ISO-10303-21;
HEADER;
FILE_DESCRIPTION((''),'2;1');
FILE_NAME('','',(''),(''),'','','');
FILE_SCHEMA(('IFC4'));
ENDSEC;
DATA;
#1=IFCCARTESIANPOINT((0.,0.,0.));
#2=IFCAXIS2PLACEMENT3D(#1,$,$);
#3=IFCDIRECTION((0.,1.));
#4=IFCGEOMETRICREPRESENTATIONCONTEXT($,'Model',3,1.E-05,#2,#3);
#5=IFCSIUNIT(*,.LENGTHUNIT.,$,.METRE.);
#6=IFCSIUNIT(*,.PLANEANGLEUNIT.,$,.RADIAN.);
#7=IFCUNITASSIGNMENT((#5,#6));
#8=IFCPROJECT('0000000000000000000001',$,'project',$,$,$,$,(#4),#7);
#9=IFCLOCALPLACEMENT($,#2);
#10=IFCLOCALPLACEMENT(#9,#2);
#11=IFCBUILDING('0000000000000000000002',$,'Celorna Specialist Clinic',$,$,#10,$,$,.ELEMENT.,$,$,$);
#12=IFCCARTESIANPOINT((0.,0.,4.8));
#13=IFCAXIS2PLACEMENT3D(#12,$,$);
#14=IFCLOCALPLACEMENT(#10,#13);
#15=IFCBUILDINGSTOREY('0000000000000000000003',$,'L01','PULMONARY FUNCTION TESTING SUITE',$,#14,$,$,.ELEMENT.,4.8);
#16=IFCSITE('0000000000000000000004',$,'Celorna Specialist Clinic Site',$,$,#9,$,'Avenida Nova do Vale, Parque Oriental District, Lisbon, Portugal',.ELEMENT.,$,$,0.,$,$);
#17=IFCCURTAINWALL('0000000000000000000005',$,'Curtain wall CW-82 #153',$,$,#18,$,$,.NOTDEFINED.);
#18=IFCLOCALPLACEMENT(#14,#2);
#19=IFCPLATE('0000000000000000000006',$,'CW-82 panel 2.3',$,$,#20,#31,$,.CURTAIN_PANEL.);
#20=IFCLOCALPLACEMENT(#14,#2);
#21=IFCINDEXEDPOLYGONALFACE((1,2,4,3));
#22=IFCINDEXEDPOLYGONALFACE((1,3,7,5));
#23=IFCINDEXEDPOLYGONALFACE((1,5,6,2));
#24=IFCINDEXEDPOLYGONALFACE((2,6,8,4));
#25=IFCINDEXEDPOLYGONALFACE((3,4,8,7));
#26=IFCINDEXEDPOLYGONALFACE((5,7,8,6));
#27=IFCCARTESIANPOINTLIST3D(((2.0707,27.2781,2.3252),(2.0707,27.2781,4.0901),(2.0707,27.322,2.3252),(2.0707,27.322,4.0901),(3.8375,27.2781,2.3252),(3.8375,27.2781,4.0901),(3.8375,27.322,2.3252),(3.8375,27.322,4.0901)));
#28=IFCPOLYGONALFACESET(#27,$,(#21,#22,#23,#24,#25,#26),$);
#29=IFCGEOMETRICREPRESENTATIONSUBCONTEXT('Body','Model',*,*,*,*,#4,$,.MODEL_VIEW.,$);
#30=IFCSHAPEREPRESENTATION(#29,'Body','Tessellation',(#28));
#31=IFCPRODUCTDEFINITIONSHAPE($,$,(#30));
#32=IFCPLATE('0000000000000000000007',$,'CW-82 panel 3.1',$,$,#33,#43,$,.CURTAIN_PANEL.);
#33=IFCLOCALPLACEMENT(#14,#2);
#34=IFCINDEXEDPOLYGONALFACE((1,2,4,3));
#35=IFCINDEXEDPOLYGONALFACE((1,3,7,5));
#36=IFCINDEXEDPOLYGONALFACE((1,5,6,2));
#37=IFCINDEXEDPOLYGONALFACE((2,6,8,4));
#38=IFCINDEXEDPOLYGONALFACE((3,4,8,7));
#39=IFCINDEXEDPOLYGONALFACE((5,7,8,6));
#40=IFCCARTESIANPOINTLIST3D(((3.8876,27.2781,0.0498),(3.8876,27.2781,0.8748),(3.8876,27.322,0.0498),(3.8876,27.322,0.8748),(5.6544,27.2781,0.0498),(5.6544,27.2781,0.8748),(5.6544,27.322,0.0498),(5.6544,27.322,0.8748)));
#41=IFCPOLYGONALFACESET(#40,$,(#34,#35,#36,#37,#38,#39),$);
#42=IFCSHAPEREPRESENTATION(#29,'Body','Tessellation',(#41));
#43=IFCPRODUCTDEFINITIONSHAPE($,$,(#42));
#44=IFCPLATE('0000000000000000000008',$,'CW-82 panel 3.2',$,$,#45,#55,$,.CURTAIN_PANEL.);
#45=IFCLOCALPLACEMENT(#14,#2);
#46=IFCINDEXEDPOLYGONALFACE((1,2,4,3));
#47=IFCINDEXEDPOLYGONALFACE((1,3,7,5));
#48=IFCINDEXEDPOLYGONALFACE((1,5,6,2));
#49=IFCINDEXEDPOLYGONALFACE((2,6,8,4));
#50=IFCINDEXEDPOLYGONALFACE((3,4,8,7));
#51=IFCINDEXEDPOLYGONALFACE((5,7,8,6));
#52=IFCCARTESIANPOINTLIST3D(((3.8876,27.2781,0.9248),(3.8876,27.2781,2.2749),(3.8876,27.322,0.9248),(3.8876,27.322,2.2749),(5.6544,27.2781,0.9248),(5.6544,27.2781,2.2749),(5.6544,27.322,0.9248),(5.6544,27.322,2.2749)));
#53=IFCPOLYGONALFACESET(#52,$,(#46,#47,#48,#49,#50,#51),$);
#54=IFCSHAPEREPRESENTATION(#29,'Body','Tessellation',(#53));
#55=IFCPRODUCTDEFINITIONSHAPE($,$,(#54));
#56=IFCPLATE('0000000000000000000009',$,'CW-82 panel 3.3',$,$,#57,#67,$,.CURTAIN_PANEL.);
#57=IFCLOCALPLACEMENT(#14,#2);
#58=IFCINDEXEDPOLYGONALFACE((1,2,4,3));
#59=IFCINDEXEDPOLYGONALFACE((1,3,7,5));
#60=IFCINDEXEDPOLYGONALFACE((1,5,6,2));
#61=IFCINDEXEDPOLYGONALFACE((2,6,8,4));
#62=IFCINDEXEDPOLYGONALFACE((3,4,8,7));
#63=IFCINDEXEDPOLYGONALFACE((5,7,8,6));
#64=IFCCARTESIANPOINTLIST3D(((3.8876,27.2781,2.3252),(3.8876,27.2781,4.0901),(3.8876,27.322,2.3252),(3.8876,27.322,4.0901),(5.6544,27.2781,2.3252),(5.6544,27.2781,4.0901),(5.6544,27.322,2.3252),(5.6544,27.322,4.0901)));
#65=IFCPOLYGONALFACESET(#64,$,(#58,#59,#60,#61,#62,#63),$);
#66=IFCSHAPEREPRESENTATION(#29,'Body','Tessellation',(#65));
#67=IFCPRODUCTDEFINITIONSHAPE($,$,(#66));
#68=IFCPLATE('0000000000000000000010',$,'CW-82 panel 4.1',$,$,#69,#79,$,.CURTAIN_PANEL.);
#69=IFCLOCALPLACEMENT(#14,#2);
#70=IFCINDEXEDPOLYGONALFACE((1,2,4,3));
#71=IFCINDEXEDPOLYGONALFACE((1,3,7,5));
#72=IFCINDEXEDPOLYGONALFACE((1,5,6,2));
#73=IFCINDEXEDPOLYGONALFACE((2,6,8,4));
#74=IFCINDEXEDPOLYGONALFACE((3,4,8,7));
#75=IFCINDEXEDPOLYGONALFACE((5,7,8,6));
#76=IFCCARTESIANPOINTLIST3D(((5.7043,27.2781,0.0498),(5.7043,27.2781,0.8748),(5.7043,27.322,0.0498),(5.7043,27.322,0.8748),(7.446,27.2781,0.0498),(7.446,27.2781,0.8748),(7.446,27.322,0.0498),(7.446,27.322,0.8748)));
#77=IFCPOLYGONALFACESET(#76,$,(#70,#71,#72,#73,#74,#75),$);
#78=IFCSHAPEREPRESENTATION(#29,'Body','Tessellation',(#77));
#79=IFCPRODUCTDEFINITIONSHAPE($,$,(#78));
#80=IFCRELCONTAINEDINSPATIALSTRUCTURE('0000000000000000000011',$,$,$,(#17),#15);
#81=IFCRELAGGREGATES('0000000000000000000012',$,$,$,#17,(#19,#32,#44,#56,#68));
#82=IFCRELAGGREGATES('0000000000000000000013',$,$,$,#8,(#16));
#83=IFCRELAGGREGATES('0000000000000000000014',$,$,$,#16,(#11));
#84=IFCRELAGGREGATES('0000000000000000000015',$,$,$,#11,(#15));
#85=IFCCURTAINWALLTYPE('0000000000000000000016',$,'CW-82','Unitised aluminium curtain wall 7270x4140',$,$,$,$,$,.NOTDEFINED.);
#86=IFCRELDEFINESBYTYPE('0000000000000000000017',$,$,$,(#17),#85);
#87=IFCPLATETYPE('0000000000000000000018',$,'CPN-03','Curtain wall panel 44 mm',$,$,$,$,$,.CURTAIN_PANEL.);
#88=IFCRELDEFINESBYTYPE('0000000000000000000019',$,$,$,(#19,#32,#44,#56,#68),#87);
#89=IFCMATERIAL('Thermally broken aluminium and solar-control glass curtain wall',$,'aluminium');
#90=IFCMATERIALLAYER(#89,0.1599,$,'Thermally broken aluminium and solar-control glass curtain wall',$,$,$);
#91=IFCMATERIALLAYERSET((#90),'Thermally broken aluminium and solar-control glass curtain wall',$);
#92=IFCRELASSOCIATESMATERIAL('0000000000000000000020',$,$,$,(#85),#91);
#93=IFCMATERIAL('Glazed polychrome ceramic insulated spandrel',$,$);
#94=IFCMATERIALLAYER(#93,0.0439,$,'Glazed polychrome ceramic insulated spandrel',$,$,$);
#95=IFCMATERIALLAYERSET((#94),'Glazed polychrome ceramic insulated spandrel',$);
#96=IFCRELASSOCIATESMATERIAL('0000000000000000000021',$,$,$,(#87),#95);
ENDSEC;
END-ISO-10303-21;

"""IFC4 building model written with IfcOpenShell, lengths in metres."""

from ifc_helpers import new_model, si_unit, direction, frame, origin, origin_2d, place, context, subcontext, project, spatial, rectangle, extrude, material, layer, layer_set, type_object, element, aggregate, save


model = new_model("IFC4")

# Units and contexts
model_context = context("Model", 3, precision=1e-05, world=origin(), true_north=direction((0.0, 1.0)))
body_context = subcontext(model_context, "Body", "Model", "MODEL_VIEW")
ifc_project = project(units=[si_unit("LENGTHUNIT", "METRE"), si_unit("PLANEANGLEUNIT", "RADIAN")], contexts=[model_context])

# Site, building, storey
site_placement = place(None, origin())
site = spatial("IfcSite", under=ifc_project, at=site_placement, Name="Celorna Specialist Clinic Site", LongName="Avenida Nova do Vale, Parque Oriental District, Lisbon, Portugal", CompositionType="ELEMENT", RefElevation=0.0)
building_placement = place(site_placement, origin())
building = spatial("IfcBuilding", under=site, at=building_placement, Name="Celorna Specialist Clinic", CompositionType="ELEMENT")
storey_placement = place(building_placement, frame((0.0, 0.0, 4.8)))
storey = spatial("IfcBuildingStorey", under=building, at=storey_placement, Name="L01", Description="PULMONARY FUNCTION TESTING SUITE", CompositionType="ELEMENT", Elevation=4.8)

# Curtain wall, plates
ifc_material_1 = material(Name="Thermally broken aluminium and solar-control glass curtain wall", Category="aluminium")
ifc_layer_1 = layer(ifc_material_1, 0.1599, Name="Thermally broken aluminium and solar-control glass curtain wall")
ifc_layer_set_1 = layer_set([ifc_layer_1], Name="Thermally broken aluminium and solar-control glass curtain wall")
curtain_wall_type = type_object("IfcCurtainWallType", Name="CW-82", Description="Unitised aluminium curtain wall 7270x4140", PredefinedType="NOTDEFINED", material=ifc_layer_set_1)
curtain_wall_placement = place(storey_placement, origin())
curtain_wall = element("IfcCurtainWall", 1, at=curtain_wall_placement, inside=storey, type_object=curtain_wall_type, Name="Curtain wall CW-82 #153", PredefinedType="NOTDEFINED")
ifc_material_2 = material(Name="Glazed polychrome ceramic insulated spandrel")
ifc_layer_2 = layer(ifc_material_2, 0.0439, Name="Glazed polychrome ceramic insulated spandrel")
ifc_layer_set_2 = layer_set([ifc_layer_2], Name="Glazed polychrome ceramic insulated spandrel")
plate_type = type_object("IfcPlateType", Name="CPN-03", Description="Curtain wall panel 44 mm", PredefinedType="CURTAIN_PANEL", material=ifc_layer_set_2)
plate_1_placement = place(storey_placement, frame((2.9541, 27.3, 2.3252), z_axis=(0.0, 0.0, 1.0), x_axis=(1.0, 0.0, 0.0)))
plate_1 = element("IfcPlate", 2, at=plate_1_placement, type_object=plate_type, Name="CW-82 panel 2.3", PredefinedType="CURTAIN_PANEL", context=body_context, shape_type="SweptSolid", body=[
    extrude(rectangle(XDim=1.7668, YDim=0.0439, at=origin_2d()), origin(), (0.0, 0.0, 1.0), 1.7649),
])
plate_2_placement = place(storey_placement, frame((4.771, 27.3, 0.0498), z_axis=(0.0, 0.0, 1.0), x_axis=(1.0, 0.0, 0.0)))
plate_2 = element("IfcPlate", 3, at=plate_2_placement, type_object=plate_type, Name="CW-82 panel 3.1", PredefinedType="CURTAIN_PANEL", context=body_context, shape_type="SweptSolid", body=[
    extrude(rectangle(XDim=1.7668, YDim=0.0439, at=origin_2d()), origin(), (0.0, 0.0, 1.0), 0.825),
])
plate_3_placement = place(storey_placement, frame((4.771, 27.3, 0.9248), z_axis=(0.0, 0.0, 1.0), x_axis=(1.0, 0.0, 0.0)))
plate_3 = element("IfcPlate", 4, at=plate_3_placement, type_object=plate_type, Name="CW-82 panel 3.2", PredefinedType="CURTAIN_PANEL", context=body_context, shape_type="SweptSolid", body=[
    extrude(rectangle(XDim=1.7668, YDim=0.0439, at=origin_2d()), origin(), (0.0, 0.0, 1.0), 1.3501),
])
plate_4_placement = place(storey_placement, frame((4.771, 27.3, 2.3252), z_axis=(0.0, 0.0, 1.0), x_axis=(1.0, 0.0, 0.0)))
plate_4 = element("IfcPlate", 5, at=plate_4_placement, type_object=plate_type, Name="CW-82 panel 3.3", PredefinedType="CURTAIN_PANEL", context=body_context, shape_type="SweptSolid", body=[
    extrude(rectangle(XDim=1.7668, YDim=0.0439, at=origin_2d()), origin(), (0.0, 0.0, 1.0), 1.7649),
])
plate_5_placement = place(storey_placement, frame((6.5752, 27.3, 0.0498), z_axis=(0.0, 0.0, 1.0), x_axis=(1.0, 0.0, 0.0)))
plate_5 = element("IfcPlate", 6, at=plate_5_placement, type_object=plate_type, Name="CW-82 panel 4.1", PredefinedType="CURTAIN_PANEL", context=body_context, shape_type="SweptSolid", body=[
    extrude(rectangle(XDim=1.7417, YDim=0.0439, at=origin_2d()), origin(), (0.0, 0.0, 1.0), 0.825),
])
aggregate(curtain_wall, [plate_1, plate_2, plate_3, plate_4, plate_5])

save(model, "model.ifc")
